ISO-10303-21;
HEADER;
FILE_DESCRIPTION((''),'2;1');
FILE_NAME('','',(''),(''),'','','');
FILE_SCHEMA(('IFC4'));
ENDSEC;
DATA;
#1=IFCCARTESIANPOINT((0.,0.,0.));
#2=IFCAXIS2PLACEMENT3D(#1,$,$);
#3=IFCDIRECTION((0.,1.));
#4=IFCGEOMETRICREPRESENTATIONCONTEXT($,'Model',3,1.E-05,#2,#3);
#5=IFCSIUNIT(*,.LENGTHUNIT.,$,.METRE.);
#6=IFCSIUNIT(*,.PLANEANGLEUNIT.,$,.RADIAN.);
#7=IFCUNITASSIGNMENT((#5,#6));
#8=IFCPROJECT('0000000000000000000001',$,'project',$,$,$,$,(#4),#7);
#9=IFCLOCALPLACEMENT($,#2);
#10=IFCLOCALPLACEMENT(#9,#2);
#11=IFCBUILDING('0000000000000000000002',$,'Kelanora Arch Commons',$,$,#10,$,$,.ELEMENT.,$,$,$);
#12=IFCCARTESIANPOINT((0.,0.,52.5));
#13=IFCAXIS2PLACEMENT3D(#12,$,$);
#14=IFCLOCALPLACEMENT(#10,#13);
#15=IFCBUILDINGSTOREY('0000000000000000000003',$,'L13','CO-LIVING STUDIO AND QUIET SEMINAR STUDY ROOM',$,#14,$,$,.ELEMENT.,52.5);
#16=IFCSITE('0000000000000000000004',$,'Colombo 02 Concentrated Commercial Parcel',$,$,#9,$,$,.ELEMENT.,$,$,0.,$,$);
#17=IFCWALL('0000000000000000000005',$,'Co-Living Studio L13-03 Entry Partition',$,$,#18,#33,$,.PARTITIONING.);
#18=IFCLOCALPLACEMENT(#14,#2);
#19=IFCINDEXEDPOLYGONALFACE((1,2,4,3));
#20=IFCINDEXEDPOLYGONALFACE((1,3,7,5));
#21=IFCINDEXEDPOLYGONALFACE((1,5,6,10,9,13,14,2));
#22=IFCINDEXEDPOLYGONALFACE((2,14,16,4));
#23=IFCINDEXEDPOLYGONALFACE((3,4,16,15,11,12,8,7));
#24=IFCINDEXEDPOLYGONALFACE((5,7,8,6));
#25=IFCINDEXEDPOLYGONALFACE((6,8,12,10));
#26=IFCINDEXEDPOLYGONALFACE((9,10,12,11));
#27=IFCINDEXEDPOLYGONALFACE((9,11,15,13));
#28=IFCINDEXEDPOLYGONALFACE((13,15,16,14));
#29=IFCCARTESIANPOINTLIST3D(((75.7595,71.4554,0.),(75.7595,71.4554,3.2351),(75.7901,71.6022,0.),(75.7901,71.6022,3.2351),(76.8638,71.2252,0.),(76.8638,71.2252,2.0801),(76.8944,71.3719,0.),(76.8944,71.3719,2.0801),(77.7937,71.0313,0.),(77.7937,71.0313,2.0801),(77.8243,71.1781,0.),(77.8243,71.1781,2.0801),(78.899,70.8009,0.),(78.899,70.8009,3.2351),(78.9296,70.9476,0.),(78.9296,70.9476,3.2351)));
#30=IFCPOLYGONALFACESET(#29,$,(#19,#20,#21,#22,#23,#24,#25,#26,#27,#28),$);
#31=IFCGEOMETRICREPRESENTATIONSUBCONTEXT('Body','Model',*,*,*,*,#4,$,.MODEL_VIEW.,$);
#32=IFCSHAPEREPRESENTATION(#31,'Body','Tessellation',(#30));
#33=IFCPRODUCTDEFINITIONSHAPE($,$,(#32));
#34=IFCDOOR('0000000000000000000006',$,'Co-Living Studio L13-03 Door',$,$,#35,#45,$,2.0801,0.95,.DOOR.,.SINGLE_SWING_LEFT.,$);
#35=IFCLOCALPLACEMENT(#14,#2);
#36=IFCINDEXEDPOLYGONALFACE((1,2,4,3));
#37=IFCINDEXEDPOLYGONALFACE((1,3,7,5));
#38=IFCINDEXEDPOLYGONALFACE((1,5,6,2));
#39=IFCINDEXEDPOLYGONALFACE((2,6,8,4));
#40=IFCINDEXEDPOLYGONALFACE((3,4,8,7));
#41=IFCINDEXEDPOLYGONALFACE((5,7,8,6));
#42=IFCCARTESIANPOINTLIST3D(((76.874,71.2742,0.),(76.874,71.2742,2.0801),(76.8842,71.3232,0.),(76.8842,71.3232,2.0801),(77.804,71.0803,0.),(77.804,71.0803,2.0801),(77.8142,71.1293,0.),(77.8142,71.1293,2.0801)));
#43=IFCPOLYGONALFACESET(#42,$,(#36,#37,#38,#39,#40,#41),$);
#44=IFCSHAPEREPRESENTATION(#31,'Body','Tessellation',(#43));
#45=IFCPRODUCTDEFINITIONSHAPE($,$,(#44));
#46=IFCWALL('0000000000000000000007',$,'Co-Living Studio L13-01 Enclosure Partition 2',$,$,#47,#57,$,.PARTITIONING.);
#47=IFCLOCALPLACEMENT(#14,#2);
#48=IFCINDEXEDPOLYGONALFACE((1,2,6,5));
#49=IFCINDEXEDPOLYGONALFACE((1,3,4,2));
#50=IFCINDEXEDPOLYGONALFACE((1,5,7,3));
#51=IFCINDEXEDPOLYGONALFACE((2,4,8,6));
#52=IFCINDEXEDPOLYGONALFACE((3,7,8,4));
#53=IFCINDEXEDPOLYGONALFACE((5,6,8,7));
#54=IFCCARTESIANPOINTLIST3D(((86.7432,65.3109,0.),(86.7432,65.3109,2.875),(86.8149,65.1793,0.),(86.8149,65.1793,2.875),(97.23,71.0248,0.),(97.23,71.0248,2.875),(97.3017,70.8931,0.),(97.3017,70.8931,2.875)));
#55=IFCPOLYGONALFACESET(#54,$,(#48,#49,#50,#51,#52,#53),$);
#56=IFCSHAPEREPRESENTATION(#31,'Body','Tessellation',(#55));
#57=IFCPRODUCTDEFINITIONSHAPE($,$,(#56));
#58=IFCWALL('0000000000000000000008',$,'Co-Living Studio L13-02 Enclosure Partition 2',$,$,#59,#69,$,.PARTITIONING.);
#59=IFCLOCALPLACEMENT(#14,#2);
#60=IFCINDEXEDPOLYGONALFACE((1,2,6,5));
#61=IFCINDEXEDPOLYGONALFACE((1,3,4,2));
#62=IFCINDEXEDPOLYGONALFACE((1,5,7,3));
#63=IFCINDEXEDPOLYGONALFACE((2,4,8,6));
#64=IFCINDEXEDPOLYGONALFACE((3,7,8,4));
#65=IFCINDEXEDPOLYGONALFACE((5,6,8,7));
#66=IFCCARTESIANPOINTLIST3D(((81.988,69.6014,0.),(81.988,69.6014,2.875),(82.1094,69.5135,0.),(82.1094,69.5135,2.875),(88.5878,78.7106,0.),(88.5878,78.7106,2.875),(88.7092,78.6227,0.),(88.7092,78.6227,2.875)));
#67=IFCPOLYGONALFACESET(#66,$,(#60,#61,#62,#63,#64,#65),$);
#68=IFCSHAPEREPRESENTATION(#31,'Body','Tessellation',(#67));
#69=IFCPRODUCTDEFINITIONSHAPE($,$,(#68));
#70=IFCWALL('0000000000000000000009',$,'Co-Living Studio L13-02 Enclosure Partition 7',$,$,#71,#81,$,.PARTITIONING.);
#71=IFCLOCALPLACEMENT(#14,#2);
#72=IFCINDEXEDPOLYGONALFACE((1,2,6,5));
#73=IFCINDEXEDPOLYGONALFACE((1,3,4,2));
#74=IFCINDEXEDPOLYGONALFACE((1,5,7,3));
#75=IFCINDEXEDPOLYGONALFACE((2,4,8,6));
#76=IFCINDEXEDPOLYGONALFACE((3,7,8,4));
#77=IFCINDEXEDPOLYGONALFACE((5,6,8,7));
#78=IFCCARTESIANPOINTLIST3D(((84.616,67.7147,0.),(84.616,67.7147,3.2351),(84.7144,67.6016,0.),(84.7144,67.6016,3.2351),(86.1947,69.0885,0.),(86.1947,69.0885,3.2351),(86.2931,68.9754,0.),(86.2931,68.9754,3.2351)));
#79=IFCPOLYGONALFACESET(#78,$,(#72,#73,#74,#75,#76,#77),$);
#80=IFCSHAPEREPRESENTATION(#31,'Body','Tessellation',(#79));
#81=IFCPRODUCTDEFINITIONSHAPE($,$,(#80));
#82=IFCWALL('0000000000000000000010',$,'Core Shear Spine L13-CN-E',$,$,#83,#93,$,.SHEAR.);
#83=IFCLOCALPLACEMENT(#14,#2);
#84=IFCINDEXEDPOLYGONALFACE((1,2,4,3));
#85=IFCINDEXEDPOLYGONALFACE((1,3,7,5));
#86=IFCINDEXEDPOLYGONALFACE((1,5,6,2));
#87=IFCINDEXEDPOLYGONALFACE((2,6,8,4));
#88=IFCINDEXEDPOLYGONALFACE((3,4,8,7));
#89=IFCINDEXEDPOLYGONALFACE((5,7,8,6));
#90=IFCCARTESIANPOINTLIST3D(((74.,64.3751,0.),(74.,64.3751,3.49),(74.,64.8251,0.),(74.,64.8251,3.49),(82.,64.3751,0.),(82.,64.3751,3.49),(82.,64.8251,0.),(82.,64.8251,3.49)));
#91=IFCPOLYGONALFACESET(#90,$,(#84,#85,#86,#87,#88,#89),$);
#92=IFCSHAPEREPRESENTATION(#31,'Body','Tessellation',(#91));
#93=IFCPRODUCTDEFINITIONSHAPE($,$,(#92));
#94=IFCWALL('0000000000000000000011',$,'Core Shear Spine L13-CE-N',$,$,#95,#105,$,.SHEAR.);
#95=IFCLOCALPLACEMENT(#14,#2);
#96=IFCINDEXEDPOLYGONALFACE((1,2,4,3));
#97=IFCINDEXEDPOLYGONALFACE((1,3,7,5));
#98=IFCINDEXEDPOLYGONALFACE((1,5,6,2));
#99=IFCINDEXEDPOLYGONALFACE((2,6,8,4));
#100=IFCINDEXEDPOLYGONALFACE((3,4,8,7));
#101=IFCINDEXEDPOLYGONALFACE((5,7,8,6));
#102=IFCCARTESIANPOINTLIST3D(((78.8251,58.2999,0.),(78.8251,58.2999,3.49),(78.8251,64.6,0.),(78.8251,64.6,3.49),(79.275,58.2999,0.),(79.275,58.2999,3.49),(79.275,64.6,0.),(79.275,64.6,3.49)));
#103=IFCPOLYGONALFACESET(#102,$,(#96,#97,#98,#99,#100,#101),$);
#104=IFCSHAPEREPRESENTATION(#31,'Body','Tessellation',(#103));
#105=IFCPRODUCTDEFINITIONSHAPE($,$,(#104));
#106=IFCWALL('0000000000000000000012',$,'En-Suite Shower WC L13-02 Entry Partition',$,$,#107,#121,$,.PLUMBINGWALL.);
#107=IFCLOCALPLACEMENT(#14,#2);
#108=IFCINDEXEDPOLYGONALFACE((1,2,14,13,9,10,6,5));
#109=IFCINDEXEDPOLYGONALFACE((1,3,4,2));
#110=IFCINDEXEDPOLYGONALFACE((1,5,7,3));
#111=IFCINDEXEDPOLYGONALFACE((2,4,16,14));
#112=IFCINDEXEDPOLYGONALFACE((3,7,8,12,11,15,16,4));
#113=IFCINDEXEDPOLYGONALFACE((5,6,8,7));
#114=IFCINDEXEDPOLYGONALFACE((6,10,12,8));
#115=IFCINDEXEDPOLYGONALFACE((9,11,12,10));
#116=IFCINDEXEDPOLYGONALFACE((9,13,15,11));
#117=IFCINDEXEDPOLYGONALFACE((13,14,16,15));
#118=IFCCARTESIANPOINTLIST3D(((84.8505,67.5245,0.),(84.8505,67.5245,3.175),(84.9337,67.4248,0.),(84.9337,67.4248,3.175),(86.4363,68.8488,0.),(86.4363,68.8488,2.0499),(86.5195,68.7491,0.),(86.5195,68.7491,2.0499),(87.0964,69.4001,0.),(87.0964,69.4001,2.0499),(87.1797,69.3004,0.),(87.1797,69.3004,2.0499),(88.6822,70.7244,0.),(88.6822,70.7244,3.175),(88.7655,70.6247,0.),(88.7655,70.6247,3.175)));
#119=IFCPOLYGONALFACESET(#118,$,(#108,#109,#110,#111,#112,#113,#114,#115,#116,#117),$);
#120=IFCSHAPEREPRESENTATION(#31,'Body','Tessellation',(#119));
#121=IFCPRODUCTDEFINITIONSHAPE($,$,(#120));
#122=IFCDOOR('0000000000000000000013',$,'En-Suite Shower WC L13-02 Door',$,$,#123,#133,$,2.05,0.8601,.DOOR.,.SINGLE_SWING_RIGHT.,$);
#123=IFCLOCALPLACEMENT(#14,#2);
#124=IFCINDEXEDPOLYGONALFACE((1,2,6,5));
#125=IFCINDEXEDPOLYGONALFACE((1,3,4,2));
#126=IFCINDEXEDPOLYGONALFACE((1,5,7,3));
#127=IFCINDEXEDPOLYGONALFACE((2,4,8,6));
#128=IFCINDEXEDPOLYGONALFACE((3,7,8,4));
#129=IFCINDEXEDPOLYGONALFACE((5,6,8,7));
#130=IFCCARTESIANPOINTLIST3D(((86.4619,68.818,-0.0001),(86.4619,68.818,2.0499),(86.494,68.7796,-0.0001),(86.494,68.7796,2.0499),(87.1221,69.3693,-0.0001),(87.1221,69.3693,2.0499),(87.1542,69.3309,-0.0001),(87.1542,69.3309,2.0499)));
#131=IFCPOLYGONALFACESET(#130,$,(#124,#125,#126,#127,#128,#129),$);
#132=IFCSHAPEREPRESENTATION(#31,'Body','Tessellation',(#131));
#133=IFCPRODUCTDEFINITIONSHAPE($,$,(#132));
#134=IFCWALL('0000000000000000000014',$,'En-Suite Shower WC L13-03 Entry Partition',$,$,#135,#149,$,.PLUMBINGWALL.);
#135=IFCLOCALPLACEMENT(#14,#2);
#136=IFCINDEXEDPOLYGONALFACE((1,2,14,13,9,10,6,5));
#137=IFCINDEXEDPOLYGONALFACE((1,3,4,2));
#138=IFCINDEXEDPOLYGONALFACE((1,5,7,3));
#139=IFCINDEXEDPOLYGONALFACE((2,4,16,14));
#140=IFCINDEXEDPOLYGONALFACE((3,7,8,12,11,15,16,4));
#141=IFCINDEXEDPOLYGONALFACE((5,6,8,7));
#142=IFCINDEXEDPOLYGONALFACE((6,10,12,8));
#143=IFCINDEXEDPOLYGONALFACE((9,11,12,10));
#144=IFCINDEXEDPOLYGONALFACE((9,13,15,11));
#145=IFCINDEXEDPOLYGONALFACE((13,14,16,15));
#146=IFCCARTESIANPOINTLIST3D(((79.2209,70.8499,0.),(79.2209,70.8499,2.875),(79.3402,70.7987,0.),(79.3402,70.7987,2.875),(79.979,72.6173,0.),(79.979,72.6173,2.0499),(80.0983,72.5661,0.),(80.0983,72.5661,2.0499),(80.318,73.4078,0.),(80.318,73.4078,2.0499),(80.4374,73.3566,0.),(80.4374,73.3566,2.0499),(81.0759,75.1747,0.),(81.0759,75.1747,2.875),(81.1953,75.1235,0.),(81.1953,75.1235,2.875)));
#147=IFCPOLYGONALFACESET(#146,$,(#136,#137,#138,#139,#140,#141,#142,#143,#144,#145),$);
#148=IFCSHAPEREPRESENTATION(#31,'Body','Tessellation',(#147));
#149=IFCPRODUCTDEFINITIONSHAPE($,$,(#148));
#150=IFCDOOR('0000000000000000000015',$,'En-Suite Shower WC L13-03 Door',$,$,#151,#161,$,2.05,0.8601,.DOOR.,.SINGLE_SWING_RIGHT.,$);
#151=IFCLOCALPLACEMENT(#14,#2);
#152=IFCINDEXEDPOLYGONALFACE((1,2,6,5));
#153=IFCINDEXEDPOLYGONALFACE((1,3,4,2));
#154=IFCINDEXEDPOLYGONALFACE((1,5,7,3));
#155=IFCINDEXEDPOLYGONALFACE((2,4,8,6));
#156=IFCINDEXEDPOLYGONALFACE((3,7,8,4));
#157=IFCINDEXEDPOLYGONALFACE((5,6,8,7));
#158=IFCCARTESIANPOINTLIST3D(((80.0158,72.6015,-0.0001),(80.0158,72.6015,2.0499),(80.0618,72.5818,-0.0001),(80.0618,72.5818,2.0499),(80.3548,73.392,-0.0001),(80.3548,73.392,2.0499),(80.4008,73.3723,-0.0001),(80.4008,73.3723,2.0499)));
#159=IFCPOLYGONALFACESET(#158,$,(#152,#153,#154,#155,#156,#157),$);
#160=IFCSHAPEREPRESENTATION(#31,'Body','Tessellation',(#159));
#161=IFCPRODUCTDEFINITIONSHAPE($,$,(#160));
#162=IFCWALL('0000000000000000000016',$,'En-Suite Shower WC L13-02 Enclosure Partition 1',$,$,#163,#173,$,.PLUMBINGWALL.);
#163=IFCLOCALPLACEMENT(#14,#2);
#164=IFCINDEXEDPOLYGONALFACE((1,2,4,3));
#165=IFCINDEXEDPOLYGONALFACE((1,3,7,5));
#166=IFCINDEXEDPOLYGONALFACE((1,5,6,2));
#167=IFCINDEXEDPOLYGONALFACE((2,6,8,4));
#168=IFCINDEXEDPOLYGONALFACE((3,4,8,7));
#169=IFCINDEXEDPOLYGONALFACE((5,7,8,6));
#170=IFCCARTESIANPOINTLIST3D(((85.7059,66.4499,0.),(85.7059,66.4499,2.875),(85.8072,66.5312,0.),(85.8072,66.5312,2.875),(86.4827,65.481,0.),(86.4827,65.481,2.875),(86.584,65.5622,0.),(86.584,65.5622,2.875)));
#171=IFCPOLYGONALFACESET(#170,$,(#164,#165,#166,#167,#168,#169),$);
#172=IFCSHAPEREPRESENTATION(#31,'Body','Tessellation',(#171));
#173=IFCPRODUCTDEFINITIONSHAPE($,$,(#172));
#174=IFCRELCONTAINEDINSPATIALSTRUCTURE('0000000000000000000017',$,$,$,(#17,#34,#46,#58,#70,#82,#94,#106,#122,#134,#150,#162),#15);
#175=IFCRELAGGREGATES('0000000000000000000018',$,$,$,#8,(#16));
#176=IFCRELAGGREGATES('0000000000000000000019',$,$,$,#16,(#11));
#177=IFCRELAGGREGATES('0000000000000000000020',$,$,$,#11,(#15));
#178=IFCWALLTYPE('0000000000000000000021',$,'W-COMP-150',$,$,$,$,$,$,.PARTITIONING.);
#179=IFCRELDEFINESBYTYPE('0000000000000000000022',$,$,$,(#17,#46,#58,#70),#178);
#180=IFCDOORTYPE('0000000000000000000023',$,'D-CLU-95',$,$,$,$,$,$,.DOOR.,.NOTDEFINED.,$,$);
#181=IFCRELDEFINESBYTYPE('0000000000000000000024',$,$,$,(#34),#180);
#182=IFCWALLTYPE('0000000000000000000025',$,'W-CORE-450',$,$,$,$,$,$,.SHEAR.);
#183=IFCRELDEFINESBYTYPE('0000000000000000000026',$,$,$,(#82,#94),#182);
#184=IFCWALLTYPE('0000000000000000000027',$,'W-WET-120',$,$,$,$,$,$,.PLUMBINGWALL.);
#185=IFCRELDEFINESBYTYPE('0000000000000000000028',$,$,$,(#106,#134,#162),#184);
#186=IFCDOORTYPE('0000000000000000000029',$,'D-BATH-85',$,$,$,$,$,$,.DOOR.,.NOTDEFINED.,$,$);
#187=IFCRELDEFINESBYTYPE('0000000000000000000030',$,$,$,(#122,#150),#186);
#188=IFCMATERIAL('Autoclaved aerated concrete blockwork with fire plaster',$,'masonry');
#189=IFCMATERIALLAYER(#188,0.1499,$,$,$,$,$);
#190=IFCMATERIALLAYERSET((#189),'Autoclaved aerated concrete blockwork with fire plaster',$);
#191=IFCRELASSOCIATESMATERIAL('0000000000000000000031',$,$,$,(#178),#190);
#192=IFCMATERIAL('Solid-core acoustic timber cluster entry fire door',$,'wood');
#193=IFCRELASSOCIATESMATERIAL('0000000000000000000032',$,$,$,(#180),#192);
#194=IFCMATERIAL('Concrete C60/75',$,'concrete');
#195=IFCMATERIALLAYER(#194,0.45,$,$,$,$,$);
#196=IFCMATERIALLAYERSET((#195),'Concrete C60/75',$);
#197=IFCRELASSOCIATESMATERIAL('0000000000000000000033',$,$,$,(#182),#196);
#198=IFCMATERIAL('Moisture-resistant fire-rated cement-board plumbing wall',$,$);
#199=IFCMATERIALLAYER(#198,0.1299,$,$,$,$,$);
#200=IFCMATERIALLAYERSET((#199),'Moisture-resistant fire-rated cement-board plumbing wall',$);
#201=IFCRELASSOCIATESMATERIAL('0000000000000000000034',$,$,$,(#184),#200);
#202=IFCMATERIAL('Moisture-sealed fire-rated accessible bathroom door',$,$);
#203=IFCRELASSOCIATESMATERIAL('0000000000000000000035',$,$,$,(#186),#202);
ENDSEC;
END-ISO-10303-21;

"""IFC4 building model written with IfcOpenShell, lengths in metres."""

from ifc_helpers import new_model, si_unit, direction, frame, frame_2d, origin, place, context, subcontext, project, spatial, rectangle, extrude, material, layer, layer_set, type_object, element, fill, save


model = new_model("IFC4")

# Units and contexts
model_context = context("Model", 3, precision=1e-05, world=origin(), true_north=direction((0.0, 1.0)))
body_context = subcontext(model_context, "Body", "Model", "MODEL_VIEW")
ifc_project = project(units=[si_unit("LENGTHUNIT", "METRE"), si_unit("PLANEANGLEUNIT", "RADIAN")], contexts=[model_context])

# Site, building, storey
site_placement = place(None, origin())
site = spatial("IfcSite", under=ifc_project, at=site_placement, Name="Colombo 02 Concentrated Commercial Parcel", CompositionType="ELEMENT", RefElevation=0.0)
building_placement = place(site_placement, origin())
building = spatial("IfcBuilding", under=site, at=building_placement, Name="Kelanora Arch Commons", CompositionType="ELEMENT")
storey_placement = place(building_placement, frame((0.0, 0.0, 52.5)))
storey = spatial("IfcBuildingStorey", under=building, at=storey_placement, Name="L13", Description="CO-LIVING STUDIO AND QUIET SEMINAR STUDY ROOM", CompositionType="ELEMENT", Elevation=52.5)

# Shared definitions
ifc_material_1 = material(Name="Concrete C60/75", Category="concrete")

# Shared definitions
ifc_material_2 = material(Name="Autoclaved aerated concrete blockwork with fire plaster", Category="masonry")
ifc_layer_1 = layer(ifc_material_2, 0.1499)
ifc_layer_set_1 = layer_set([ifc_layer_1], Name="Autoclaved aerated concrete blockwork with fire plaster")
wall_type_1 = type_object("IfcWallType", Name="W-COMP-150", PredefinedType="PARTITIONING", material=ifc_layer_set_1)

# Wall, opening, door
ifc_material_3 = material(Name="Solid-core acoustic timber cluster entry fire door", Category="wood")
door_type_1 = type_object("IfcDoorType", Name="D-CLU-95", OperationType="NOTDEFINED", PredefinedType="DOOR", material=ifc_material_3)
wall_1_placement = place(storey_placement, frame((78.9143, 70.8743, 0.0), z_axis=(0.0, 0.0, 1.0), x_axis=(-0.978953, 0.204088, 0.0)))
wall_1 = element("IfcWall", 1, at=wall_1_placement, inside=storey, type_object=wall_type_1, Name="Co-Living Studio L13-03 Entry Partition", PredefinedType="PARTITIONING", context=body_context, shape_type="SweptSolid", body=[
    extrude(rectangle(XDim=3.207, YDim=0.1499, at=frame_2d((1.6035, 0.0))), origin(), (0.0, 0.0, 1.0), 3.2351),
])
opening_1_placement = place(wall_1_placement, frame((1.1289, 0.0, 0.0)))
opening_1 = element("IfcOpeningElement", 2, at=opening_1_placement, cuts=wall_1, PredefinedType="OPENING", context=body_context, shape_type="SweptSolid", body=[
    extrude(rectangle(XDim=0.95, YDim=2.0801, at=frame_2d((0.4751, 1.04))), frame((0.0, 0.085, 0.0), z_axis=(0.0, -1.0, 0.0), x_axis=(1.0, 0.0, 0.0)), (0.0, 0.0, 1.0), 0.1699),
])
door_1_placement = place(opening_1_placement, origin())
door_1 = element("IfcDoor", 3, at=door_1_placement, inside=storey, type_object=door_type_1, Name="Co-Living Studio L13-03 Door", OperationType="SINGLE_SWING_LEFT", OverallHeight=2.0801, OverallWidth=0.95, PredefinedType="DOOR", context=body_context, shape_type="SweptSolid", body=[
    extrude(rectangle(XDim=0.95, YDim=2.0801, at=frame_2d((0.4751, 1.04))), frame((0.0, 0.0249, 0.0), z_axis=(0.0, -1.0, 0.0), x_axis=(1.0, 0.0, 0.0)), (0.0, 0.0, 1.0), 0.05),
])
fill(opening_1, door_1)

# Walls
wall_2_placement = place(storey_placement, frame((86.7791, 65.2451, 0.0), z_axis=(0.0, 0.0, 1.0), x_axis=(0.878114, 0.478451, 0.0)))
element("IfcWall", 4, at=wall_2_placement, inside=storey, type_object=wall_type_1, Name="Co-Living Studio L13-01 Enclosure Partition 2", PredefinedType="PARTITIONING", context=body_context, shape_type="SweptSolid", body=[
    extrude(rectangle(XDim=11.9424, YDim=0.1499, at=frame_2d((5.9712, 0.0))), origin(), (0.0, 0.0, 1.0), 2.875),
])
wall_3_placement = place(storey_placement, frame((82.0486, 69.5574, 0.0), z_axis=(0.0, 0.0, 1.0), x_axis=(0.586719, 0.809791, 0.0)))
element("IfcWall", 5, at=wall_3_placement, inside=storey, type_object=wall_type_1, Name="Co-Living Studio L13-02 Enclosure Partition 2", PredefinedType="PARTITIONING", context=body_context, shape_type="SweptSolid", body=[
    extrude(rectangle(XDim=11.2488, YDim=0.1499, at=frame_2d((5.6245, 0.0))), origin(), (0.0, 0.0, 1.0), 2.875),
])
wall_4_placement = place(storey_placement, frame((86.2439, 69.032, 0.0), z_axis=(0.0, 0.0, 1.0), x_axis=(-0.754352, -0.65647, 0.0)))
element("IfcWall", 6, at=wall_4_placement, inside=storey, type_object=wall_type_1, Name="Co-Living Studio L13-02 Enclosure Partition 7", PredefinedType="PARTITIONING", context=body_context, shape_type="SweptSolid", body=[
    extrude(rectangle(XDim=2.0928, YDim=0.1499, at=frame_2d((1.0464, 0.0))), origin(), (0.0, 0.0, 1.0), 3.2351),
])
ifc_layer_2 = layer(ifc_material_1, 0.45)
ifc_layer_set_2 = layer_set([ifc_layer_2], Name="Concrete C60/75")
wall_type_2 = type_object("IfcWallType", Name="W-CORE-450", PredefinedType="SHEAR", material=ifc_layer_set_2)
wall_5_placement = place(storey_placement, frame((74.0, 64.6001, 0.0), z_axis=(0.0, 0.0, 1.0), x_axis=(1.0, 0.0, 0.0)))
element("IfcWall", 7, at=wall_5_placement, inside=storey, type_object=wall_type_2, Name="Core Shear Spine L13-CN-E", PredefinedType="SHEAR", context=body_context, shape_type="SweptSolid", body=[
    extrude(rectangle(XDim=8.0, YDim=0.45, at=frame_2d((4.0, 0.0))), origin(), (0.0, 0.0, 1.0), 3.49),
])
wall_6_placement = place(storey_placement, frame((79.05, 58.3, 0.0), z_axis=(0.0, 0.0, 1.0), x_axis=(0.0, 1.0, 0.0)))
element("IfcWall", 8, at=wall_6_placement, inside=storey, type_object=wall_type_2, Name="Core Shear Spine L13-CE-N", PredefinedType="SHEAR", context=body_context, shape_type="SweptSolid", body=[
    extrude(rectangle(XDim=6.3, YDim=0.45, at=frame_2d((3.1499, 0.0))), origin(), (0.0, 0.0, 1.0), 3.49),
])

# Walls, openings, doors
ifc_material_4 = material(Name="Moisture-resistant fire-rated cement-board plumbing wall")
ifc_layer_3 = layer(ifc_material_4, 0.1299)
ifc_layer_set_3 = layer_set([ifc_layer_3], Name="Moisture-resistant fire-rated cement-board plumbing wall")
wall_type_3 = type_object("IfcWallType", Name="W-WET-120", PredefinedType="PLUMBINGWALL", material=ifc_layer_set_3)
wall_7_placement = place(storey_placement, frame((84.8921, 67.4746, 0.0), z_axis=(0.0, 0.0, 1.0), x_axis=(0.767551, 0.640987, 0.0)))
wall_7 = element("IfcWall", 9, at=wall_7_placement, inside=storey, type_object=wall_type_3, Name="En-Suite Shower WC L13-02 Entry Partition", PredefinedType="PLUMBINGWALL", context=body_context, shape_type="SweptSolid", body=[
    extrude(rectangle(XDim=4.9922, YDim=0.1299, at=frame_2d((2.4961, 0.0))), origin(), (0.0, 0.0, 1.0), 3.175),
])
opening_2_placement = place(wall_7_placement, frame((2.0659, 0.0, 0.0)))
opening_2 = element("IfcOpeningElement", 10, at=opening_2_placement, cuts=wall_7, PredefinedType="OPENING", context=body_context, shape_type="SweptSolid", body=[
    extrude(rectangle(XDim=0.8601, YDim=2.05, at=frame_2d((0.4302, 1.0249))), frame((0.0, 0.075, 0.0), z_axis=(0.0, -1.0, 0.0), x_axis=(1.0, 0.0, 0.0)), (0.0, 0.0, 1.0), 0.1499),
])
ifc_material_5 = material(Name="Moisture-sealed fire-rated accessible bathroom door")
door_type_2 = type_object("IfcDoorType", Name="D-BATH-85", OperationType="NOTDEFINED", PredefinedType="DOOR", material=ifc_material_5)
door_2_placement = place(opening_2_placement, origin())
door_2 = element("IfcDoor", 11, at=door_2_placement, inside=storey, type_object=door_type_2, Name="En-Suite Shower WC L13-02 Door", OperationType="SINGLE_SWING_RIGHT", OverallHeight=2.05, OverallWidth=0.8601, PredefinedType="DOOR", context=body_context, shape_type="SweptSolid", body=[
    extrude(rectangle(XDim=0.8601, YDim=2.05, at=frame_2d((0.4302, 1.0249))), frame((0.0, 0.0249, 0.0), z_axis=(0.0, -1.0, 0.0), x_axis=(1.0, 0.0, 0.0)), (0.0, 0.0, 1.0), 0.05),
])
fill(opening_2, door_2)
wall_8_placement = place(storey_placement, frame((79.2805, 70.8242, 0.0), z_axis=(0.0, 0.0, 1.0), x_axis=(0.394195, 0.919027, 0.0)))
wall_8 = element("IfcWall", 12, at=wall_8_placement, inside=storey, type_object=wall_type_3, Name="En-Suite Shower WC L13-03 Entry Partition", PredefinedType="PLUMBINGWALL", context=body_context, shape_type="SweptSolid", body=[
    extrude(rectangle(XDim=4.7058, YDim=0.1299, at=frame_2d((2.353, 0.0))), origin(), (0.0, 0.0, 1.0), 2.875),
])
opening_3_placement = place(wall_8_placement, frame((1.9231, 0.0, 0.0)))
opening_3 = element("IfcOpeningElement", 13, at=opening_3_placement, cuts=wall_8, PredefinedType="OPENING", context=body_context, shape_type="SweptSolid", body=[
    extrude(rectangle(XDim=0.8601, YDim=2.05, at=frame_2d((0.4302, 1.0249))), frame((0.0, 0.075, 0.0), z_axis=(0.0, -1.0, 0.0), x_axis=(1.0, 0.0, 0.0)), (0.0, 0.0, 1.0), 0.1499),
])
door_3_placement = place(opening_3_placement, origin())
door_3 = element("IfcDoor", 14, at=door_3_placement, inside=storey, type_object=door_type_2, Name="En-Suite Shower WC L13-03 Door", OperationType="SINGLE_SWING_RIGHT", OverallHeight=2.05, OverallWidth=0.8601, PredefinedType="DOOR", context=body_context, shape_type="SweptSolid", body=[
    extrude(rectangle(XDim=0.8601, YDim=2.05, at=frame_2d((0.4302, 1.0249))), frame((0.0, 0.0249, 0.0), z_axis=(0.0, -1.0, 0.0), x_axis=(1.0, 0.0, 0.0)), (0.0, 0.0, 1.0), 0.05),
])
fill(opening_3, door_3)

# Wall
wall_9_placement = place(storey_placement, frame((86.5334, 65.5215, 0.0), z_axis=(0.0, 0.0, 1.0), x_axis=(-0.62551, 0.780216, 0.0)))
element("IfcWall", 15, at=wall_9_placement, inside=storey, type_object=wall_type_3, Name="En-Suite Shower WC L13-02 Enclosure Partition 1", PredefinedType="PLUMBINGWALL", context=body_context, shape_type="SweptSolid", body=[
    extrude(rectangle(XDim=1.2419, YDim=0.1299, at=frame_2d((0.6211, 0.0))), origin(), (0.0, 0.0, 1.0), 2.875),
])

save(model, "model.ifc")
